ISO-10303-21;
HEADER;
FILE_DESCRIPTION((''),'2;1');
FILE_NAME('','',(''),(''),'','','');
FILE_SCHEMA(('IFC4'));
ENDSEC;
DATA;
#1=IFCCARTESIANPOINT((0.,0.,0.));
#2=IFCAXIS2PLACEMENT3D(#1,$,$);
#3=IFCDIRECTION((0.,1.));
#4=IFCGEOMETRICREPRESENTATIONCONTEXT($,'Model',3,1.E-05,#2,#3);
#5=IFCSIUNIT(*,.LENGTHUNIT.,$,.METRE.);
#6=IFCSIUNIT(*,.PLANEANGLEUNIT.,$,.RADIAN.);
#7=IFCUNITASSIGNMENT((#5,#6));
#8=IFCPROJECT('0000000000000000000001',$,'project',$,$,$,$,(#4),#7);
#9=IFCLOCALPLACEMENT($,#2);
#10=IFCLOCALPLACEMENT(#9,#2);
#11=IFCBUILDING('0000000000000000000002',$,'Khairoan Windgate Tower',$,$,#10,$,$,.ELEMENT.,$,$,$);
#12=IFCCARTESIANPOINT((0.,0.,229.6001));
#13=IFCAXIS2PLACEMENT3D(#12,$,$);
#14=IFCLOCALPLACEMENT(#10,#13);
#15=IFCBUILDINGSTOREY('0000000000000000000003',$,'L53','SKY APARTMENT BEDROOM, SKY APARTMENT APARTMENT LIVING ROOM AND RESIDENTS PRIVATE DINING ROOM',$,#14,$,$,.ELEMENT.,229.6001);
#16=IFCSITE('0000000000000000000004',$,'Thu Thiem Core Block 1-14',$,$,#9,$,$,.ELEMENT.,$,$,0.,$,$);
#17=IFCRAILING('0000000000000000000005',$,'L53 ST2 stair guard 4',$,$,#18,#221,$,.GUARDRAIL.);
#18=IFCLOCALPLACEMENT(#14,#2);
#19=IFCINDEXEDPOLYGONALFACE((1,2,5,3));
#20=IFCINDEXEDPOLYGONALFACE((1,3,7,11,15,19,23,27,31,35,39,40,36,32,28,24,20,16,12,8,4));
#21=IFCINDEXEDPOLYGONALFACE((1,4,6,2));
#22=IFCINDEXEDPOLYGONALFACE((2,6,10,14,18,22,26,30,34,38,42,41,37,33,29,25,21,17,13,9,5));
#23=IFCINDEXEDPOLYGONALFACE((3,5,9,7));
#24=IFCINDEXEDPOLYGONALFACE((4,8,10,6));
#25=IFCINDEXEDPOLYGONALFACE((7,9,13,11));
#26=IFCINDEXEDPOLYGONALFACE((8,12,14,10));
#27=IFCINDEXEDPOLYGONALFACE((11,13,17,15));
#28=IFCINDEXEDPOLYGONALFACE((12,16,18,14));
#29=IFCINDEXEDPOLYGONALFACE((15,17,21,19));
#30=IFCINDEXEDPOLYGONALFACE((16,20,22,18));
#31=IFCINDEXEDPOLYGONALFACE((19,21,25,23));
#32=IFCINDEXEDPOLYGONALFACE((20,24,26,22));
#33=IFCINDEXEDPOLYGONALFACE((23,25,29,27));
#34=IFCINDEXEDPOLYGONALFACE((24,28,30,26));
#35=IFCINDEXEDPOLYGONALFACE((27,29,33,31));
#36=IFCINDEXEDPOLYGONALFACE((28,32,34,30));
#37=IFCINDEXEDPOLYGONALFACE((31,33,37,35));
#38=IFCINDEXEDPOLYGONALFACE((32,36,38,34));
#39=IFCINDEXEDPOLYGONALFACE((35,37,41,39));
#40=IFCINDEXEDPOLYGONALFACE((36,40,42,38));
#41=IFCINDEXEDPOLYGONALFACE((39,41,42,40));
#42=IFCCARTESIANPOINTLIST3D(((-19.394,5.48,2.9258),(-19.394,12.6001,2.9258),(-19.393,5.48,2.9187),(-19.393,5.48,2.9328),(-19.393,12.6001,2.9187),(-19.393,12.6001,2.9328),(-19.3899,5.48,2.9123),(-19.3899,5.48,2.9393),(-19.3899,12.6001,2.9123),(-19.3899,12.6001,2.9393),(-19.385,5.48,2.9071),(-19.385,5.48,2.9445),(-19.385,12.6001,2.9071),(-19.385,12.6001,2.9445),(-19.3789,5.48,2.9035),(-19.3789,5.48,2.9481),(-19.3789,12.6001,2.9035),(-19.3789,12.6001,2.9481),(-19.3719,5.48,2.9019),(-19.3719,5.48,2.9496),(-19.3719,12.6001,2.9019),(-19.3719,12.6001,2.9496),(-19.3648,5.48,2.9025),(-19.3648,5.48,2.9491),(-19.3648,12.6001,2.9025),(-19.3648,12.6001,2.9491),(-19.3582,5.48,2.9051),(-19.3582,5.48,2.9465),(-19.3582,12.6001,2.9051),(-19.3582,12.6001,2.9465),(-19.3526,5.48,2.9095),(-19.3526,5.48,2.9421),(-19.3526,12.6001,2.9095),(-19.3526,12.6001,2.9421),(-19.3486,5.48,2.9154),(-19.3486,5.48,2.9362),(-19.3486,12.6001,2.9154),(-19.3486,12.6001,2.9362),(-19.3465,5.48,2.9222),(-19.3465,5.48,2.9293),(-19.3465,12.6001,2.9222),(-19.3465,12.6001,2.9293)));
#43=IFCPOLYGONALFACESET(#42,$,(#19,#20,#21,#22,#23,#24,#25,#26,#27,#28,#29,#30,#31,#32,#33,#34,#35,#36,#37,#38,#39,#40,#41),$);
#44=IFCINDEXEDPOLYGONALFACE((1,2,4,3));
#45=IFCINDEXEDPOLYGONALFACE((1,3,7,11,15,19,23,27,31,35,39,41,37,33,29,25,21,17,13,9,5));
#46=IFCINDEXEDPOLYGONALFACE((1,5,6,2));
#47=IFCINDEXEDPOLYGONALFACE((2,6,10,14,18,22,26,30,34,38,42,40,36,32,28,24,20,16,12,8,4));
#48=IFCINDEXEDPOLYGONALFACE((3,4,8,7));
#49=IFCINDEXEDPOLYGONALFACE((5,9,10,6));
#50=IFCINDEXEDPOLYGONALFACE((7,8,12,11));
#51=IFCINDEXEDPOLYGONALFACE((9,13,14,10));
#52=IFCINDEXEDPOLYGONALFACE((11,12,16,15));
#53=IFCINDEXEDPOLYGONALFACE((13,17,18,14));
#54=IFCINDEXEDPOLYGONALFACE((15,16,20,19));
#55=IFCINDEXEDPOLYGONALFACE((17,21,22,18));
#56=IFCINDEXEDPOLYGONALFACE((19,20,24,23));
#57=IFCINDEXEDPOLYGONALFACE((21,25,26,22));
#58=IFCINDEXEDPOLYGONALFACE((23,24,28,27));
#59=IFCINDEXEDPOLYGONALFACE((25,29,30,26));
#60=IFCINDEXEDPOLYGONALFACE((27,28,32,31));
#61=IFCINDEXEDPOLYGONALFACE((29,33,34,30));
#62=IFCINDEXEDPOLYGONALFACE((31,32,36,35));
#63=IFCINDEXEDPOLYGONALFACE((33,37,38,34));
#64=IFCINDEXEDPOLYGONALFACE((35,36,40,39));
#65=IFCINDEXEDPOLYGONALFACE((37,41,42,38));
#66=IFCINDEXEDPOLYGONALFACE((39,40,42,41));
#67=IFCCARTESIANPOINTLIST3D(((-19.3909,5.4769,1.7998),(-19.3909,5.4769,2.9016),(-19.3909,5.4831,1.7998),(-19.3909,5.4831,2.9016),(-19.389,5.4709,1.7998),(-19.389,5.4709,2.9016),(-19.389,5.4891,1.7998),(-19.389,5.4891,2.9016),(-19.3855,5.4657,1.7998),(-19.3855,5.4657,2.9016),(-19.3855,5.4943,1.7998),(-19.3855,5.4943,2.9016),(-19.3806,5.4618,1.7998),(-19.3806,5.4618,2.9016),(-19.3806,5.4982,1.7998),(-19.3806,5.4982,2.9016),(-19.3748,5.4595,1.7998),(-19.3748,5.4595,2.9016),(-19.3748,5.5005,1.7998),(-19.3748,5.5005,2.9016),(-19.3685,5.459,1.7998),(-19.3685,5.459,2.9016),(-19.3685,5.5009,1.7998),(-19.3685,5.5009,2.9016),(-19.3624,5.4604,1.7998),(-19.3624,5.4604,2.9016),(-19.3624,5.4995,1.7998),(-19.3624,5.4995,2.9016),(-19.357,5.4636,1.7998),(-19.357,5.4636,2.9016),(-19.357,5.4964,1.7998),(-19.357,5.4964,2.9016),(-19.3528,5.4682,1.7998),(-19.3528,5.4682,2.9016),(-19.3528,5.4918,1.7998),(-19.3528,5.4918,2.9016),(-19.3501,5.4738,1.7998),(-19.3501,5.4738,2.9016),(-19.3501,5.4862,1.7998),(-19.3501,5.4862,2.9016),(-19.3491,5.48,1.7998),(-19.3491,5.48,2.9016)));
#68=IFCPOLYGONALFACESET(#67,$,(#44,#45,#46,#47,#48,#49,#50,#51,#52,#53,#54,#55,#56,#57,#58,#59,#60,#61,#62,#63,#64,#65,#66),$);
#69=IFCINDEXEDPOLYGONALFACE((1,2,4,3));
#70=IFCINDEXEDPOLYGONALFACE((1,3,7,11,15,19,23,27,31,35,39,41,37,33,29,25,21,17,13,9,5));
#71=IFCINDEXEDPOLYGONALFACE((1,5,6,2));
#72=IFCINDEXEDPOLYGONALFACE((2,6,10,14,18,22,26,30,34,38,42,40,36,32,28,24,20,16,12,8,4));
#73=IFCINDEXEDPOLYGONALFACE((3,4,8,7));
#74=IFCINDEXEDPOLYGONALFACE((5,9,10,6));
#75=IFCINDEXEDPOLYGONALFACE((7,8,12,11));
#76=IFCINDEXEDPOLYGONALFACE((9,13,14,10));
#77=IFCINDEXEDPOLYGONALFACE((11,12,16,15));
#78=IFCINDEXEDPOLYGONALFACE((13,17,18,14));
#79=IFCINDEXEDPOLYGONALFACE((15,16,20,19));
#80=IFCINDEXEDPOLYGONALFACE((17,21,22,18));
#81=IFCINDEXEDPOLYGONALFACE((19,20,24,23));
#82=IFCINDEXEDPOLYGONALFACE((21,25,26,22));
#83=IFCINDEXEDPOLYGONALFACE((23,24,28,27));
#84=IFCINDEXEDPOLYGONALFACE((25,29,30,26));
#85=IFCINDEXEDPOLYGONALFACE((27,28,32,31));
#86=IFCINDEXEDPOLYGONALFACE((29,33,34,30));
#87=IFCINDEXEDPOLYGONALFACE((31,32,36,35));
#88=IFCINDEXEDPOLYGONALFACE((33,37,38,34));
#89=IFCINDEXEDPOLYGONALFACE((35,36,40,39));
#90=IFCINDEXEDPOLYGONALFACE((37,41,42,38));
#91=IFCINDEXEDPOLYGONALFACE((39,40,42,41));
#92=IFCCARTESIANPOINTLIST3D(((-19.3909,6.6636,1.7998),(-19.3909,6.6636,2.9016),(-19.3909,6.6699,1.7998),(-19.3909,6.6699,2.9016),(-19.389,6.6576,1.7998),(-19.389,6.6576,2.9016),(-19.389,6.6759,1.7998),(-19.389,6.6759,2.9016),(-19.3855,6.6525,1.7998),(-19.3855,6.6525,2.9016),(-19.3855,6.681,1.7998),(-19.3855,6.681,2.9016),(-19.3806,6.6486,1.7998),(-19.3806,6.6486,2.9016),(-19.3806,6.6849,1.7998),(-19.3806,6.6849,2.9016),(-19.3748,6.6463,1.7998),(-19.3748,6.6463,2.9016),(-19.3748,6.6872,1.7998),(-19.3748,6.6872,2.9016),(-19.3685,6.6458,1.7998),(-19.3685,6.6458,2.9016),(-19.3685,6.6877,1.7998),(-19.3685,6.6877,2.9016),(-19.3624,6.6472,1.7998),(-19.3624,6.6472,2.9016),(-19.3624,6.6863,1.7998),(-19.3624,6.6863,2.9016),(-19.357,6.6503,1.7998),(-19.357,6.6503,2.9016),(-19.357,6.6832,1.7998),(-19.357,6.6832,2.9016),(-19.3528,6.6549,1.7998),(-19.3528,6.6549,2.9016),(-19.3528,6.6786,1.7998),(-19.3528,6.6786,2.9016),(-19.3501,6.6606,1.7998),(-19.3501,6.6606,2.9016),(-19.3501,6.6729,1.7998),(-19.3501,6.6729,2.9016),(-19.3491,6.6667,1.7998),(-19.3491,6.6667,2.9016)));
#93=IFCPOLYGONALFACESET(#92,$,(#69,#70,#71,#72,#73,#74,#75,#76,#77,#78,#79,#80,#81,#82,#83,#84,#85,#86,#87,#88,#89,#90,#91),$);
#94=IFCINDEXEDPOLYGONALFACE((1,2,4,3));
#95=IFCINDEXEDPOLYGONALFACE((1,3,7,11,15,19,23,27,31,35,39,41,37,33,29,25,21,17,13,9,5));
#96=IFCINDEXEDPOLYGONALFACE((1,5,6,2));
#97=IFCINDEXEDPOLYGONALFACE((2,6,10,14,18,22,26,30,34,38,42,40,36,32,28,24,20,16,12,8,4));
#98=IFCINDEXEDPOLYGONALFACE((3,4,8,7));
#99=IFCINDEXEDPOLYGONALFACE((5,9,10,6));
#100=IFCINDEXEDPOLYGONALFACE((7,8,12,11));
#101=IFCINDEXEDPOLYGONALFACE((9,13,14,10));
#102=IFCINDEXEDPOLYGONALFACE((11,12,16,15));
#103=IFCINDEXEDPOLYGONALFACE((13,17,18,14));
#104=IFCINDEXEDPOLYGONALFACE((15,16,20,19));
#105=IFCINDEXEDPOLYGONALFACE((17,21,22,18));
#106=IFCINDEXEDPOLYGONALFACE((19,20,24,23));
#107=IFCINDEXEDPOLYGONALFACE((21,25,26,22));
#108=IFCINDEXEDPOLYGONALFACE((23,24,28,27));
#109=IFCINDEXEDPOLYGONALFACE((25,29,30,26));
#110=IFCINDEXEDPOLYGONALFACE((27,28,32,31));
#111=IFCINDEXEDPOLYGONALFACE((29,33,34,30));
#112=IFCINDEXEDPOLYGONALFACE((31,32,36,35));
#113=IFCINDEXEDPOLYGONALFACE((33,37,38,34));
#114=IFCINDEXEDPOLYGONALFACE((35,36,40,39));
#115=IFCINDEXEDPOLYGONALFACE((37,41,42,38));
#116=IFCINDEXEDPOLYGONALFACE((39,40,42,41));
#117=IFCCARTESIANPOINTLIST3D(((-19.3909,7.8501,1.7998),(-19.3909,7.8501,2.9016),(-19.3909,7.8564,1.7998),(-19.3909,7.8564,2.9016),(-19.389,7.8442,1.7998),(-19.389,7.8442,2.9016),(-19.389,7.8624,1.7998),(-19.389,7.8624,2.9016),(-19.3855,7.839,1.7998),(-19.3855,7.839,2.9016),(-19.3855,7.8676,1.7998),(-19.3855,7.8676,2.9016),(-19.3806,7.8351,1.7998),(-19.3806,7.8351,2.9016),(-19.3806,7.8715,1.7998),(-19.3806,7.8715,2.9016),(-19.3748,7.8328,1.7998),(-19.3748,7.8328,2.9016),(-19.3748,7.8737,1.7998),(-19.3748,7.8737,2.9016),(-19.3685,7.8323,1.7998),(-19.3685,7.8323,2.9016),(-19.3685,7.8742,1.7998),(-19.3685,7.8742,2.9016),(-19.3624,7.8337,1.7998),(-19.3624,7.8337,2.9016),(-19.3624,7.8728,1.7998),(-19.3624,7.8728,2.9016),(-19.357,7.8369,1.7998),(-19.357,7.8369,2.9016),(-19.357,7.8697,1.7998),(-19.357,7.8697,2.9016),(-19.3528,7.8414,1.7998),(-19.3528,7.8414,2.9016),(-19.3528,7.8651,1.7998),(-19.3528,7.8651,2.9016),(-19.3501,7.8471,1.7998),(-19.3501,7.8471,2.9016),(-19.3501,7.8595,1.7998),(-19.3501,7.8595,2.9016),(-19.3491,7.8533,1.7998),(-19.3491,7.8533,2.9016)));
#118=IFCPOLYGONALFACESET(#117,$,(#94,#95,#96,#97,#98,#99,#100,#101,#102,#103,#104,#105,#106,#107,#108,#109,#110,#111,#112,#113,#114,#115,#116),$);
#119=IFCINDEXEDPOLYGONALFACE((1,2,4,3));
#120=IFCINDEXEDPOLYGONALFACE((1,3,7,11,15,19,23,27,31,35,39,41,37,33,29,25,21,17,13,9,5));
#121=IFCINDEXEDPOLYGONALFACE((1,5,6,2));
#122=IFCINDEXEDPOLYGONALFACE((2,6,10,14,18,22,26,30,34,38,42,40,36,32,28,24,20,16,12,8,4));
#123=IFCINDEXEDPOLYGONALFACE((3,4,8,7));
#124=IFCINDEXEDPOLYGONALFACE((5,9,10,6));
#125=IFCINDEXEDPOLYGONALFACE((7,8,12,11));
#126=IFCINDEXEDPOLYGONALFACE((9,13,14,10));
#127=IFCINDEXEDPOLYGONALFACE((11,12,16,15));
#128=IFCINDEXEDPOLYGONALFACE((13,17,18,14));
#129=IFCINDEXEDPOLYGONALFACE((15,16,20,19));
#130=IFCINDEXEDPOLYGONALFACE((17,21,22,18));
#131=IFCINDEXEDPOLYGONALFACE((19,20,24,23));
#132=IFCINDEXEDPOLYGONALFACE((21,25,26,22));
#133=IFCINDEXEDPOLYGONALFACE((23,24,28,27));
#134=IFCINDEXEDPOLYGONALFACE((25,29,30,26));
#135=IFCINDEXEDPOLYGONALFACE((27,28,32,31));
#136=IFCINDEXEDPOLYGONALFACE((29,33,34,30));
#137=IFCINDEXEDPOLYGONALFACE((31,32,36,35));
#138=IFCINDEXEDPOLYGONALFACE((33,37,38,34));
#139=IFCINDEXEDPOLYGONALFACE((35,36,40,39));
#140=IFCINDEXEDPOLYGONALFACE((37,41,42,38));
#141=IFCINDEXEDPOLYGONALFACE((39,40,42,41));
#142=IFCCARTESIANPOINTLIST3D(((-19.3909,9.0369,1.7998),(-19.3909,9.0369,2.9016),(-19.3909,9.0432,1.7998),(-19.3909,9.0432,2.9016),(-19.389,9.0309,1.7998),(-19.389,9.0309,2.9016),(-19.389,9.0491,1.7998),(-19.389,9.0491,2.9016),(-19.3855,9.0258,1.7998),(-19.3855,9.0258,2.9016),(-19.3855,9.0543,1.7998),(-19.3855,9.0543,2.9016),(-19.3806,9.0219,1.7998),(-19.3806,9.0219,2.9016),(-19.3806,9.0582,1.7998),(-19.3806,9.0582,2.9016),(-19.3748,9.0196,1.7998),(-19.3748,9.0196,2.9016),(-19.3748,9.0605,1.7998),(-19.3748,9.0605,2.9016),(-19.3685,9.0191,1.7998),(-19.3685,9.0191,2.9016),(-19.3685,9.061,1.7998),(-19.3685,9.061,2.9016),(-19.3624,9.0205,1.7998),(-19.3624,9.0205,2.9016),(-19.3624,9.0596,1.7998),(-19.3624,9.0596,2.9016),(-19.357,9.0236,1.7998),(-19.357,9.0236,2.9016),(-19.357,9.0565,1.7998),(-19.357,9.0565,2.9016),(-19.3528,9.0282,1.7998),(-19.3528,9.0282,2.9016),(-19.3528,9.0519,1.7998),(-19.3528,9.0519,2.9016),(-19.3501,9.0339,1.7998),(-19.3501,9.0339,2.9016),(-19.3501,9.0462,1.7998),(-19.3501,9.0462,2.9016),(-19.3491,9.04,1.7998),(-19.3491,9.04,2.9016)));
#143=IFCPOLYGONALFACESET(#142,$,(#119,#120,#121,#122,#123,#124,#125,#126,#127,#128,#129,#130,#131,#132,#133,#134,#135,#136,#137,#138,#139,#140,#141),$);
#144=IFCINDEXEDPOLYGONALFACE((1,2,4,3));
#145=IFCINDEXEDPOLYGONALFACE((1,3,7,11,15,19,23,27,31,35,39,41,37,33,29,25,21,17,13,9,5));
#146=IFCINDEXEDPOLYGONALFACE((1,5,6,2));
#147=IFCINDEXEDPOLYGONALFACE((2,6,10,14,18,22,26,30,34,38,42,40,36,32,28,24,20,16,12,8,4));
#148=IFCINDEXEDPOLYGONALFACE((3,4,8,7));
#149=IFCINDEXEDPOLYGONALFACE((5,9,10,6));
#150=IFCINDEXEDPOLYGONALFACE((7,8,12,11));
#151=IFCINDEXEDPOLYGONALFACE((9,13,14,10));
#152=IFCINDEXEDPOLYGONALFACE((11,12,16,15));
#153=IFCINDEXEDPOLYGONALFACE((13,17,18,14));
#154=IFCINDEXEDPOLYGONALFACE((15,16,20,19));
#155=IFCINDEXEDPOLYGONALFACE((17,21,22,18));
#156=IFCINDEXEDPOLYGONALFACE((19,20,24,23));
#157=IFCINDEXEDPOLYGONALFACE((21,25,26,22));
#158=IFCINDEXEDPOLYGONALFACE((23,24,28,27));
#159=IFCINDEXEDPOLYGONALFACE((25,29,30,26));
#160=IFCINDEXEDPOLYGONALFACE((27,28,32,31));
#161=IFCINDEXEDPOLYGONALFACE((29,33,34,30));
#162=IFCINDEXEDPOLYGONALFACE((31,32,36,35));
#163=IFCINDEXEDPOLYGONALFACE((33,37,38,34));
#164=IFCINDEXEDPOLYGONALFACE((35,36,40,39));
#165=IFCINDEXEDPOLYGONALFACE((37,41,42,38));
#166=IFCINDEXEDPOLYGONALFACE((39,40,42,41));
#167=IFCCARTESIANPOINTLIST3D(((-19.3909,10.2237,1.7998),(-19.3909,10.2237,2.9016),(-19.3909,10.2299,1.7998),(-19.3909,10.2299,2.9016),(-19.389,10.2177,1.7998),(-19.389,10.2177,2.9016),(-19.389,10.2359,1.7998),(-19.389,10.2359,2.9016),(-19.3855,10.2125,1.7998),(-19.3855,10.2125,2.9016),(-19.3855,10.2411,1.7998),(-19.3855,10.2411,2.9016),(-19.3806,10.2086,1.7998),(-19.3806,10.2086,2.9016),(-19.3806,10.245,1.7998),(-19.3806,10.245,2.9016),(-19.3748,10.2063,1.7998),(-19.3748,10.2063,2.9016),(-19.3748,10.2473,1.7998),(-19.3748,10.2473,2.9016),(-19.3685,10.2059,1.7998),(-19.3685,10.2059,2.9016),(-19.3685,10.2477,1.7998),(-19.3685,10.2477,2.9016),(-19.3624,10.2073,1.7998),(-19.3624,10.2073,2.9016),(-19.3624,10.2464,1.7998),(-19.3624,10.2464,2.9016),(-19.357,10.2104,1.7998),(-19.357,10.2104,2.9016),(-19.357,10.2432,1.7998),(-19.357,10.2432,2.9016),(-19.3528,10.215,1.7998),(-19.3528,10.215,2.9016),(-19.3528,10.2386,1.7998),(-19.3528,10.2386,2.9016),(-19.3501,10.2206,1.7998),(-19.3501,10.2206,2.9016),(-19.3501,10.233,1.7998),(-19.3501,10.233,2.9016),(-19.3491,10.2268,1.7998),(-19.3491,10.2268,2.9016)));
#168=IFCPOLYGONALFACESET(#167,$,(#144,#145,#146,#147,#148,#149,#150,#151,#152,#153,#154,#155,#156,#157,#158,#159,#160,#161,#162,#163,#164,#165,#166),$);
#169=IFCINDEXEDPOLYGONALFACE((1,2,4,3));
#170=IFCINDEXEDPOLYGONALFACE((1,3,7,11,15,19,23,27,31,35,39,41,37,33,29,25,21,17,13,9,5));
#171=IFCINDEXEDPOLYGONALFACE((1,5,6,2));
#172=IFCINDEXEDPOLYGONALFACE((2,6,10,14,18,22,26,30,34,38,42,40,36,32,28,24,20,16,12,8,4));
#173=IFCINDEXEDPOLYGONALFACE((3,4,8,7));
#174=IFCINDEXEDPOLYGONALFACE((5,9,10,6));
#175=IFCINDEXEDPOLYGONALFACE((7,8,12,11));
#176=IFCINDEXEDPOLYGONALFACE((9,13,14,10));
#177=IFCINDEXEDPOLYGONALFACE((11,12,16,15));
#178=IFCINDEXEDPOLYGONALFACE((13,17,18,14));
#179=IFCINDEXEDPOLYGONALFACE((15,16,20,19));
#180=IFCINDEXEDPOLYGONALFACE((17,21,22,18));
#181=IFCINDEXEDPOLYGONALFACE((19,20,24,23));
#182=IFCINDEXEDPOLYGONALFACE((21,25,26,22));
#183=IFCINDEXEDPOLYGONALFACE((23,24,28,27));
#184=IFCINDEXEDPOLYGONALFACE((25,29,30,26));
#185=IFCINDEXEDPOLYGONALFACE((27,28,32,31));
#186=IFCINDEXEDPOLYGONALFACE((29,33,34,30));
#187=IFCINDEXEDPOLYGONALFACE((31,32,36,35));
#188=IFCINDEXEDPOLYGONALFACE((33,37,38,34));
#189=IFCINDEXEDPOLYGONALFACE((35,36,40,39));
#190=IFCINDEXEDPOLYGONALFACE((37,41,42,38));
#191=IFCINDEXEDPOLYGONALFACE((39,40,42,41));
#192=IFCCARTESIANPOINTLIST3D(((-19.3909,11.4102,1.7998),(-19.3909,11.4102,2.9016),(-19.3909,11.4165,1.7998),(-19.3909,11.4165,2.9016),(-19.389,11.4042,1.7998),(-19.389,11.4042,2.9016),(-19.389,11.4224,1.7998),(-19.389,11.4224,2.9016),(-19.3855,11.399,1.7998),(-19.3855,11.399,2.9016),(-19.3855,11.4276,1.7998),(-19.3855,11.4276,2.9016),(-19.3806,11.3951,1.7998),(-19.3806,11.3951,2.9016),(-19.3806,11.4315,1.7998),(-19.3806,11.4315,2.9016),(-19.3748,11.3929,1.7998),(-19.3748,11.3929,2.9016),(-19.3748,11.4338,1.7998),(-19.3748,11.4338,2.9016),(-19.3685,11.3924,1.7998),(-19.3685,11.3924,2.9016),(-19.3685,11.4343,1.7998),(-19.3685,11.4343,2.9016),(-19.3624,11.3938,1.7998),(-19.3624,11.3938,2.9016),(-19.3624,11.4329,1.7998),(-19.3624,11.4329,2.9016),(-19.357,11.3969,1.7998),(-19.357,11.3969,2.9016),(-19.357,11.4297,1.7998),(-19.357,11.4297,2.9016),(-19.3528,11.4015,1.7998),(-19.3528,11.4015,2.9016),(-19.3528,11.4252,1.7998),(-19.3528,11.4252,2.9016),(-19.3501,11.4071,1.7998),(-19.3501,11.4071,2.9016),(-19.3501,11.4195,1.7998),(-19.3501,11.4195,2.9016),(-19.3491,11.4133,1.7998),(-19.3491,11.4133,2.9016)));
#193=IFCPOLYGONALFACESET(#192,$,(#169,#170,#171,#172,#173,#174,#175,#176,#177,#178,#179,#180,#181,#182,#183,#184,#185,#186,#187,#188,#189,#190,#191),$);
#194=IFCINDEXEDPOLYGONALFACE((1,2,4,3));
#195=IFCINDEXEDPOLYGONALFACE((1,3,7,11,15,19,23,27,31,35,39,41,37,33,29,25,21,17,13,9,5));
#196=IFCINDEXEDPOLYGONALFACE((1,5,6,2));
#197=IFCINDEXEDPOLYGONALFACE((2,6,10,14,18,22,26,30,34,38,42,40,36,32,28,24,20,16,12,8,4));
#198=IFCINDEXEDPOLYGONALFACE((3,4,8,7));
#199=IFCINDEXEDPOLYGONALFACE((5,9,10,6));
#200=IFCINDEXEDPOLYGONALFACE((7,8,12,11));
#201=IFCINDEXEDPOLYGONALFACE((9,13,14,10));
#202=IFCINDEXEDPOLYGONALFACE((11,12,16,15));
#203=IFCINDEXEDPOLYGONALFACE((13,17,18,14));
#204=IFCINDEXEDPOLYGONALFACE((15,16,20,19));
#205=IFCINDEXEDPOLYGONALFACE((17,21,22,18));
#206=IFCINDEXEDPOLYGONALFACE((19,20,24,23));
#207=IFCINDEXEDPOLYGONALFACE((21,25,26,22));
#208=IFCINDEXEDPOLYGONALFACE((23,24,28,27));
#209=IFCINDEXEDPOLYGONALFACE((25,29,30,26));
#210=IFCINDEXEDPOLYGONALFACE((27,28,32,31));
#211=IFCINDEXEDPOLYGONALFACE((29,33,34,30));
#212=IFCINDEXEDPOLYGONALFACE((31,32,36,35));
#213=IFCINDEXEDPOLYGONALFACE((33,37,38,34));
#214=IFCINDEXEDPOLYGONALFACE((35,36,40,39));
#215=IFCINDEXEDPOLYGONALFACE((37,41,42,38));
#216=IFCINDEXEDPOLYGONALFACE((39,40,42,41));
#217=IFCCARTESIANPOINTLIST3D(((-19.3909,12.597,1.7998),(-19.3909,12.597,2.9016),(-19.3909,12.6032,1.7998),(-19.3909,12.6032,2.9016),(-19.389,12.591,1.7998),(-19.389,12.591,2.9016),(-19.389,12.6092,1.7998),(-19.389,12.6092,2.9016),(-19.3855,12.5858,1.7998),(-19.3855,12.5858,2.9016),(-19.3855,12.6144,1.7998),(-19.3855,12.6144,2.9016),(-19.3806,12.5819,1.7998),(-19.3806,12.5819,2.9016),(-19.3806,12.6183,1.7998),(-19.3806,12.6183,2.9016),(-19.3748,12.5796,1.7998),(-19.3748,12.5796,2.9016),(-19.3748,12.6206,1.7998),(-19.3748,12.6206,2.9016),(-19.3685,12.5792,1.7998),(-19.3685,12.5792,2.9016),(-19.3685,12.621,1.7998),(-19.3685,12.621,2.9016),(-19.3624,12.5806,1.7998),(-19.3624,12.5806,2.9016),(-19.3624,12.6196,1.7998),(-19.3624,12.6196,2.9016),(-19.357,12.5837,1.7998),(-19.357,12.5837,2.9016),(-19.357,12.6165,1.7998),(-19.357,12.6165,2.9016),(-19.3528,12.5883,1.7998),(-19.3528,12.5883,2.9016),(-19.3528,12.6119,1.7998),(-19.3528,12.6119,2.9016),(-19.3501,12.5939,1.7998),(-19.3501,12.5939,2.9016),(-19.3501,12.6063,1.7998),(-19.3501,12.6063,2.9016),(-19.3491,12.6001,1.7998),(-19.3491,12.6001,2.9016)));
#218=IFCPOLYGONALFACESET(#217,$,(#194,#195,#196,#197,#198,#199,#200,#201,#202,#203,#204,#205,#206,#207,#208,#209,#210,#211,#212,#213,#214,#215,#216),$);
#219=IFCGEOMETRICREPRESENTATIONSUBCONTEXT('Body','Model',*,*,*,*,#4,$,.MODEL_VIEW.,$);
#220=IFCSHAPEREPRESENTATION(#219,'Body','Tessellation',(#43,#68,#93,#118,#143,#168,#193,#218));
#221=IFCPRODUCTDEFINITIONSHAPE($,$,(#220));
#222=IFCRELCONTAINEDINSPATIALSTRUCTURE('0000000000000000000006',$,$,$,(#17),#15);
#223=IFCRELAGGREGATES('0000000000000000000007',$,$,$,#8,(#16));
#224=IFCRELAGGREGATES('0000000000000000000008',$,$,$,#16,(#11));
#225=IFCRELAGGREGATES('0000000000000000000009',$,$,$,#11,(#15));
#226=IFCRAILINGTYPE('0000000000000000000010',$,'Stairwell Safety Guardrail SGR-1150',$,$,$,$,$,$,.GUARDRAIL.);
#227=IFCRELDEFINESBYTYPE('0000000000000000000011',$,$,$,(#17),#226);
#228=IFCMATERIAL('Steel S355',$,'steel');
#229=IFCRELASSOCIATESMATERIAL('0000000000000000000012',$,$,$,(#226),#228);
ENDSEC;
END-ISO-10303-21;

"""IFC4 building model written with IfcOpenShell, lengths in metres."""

from ifc_helpers import new_model, si_unit, direction, frame, origin, origin_2d, place, context, subcontext, project, spatial, circle, extrude, material, type_object, element, save


model = new_model("IFC4")

# Units and contexts
model_context = context("Model", 3, precision=1e-05, world=origin(), true_north=direction((0.0, 1.0)))
body_context = subcontext(model_context, "Body", "Model", "MODEL_VIEW")
ifc_project = project(units=[si_unit("LENGTHUNIT", "METRE"), si_unit("PLANEANGLEUNIT", "RADIAN")], contexts=[model_context])

# Site, building, storey
site_placement = place(None, origin())
site = spatial("IfcSite", under=ifc_project, at=site_placement, Name="Thu Thiem Core Block 1-14", CompositionType="ELEMENT", RefElevation=0.0)
building_placement = place(site_placement, origin())
building = spatial("IfcBuilding", under=site, at=building_placement, Name="Khairoan Windgate Tower", CompositionType="ELEMENT")
storey_placement = place(building_placement, frame((0.0, 0.0, 229.6001)))
storey = spatial("IfcBuildingStorey", under=building, at=storey_placement, Name="L53", Description="SKY APARTMENT BEDROOM, SKY APARTMENT APARTMENT LIVING ROOM AND RESIDENTS PRIVATE DINING ROOM", CompositionType="ELEMENT", Elevation=229.6001)

# Railing
ifc_material_1 = material(Name="Steel S355", Category="steel")
railing_type_1 = type_object("IfcRailingType", Name="Stairwell Safety Guardrail SGR-1150", PredefinedType="GUARDRAIL", material=ifc_material_1)
railing_1_placement = place(storey_placement, frame((-19.3701, 5.48, 1.7998)))
element("IfcRailing", 1, at=railing_1_placement, inside=storey, type_object=railing_type_1, Name="L53 ST2 stair guard 4", PredefinedType="GUARDRAIL", context=body_context, shape_type="SweptSolid", body=[
    extrude(circle(Radius=0.0239, at=origin_2d()), frame((0.0, 0.0, 1.126), z_axis=(0.0, 1.0, 0.0), x_axis=(-1.0, 0.0, 0.0)), (0.0, 0.0, 1.0), 7.1201),
    extrude(circle(Radius=0.021, at=origin_2d()), origin(), (0.0, 0.0, 1.0), 1.1018),
    extrude(circle(Radius=0.021, at=origin_2d()), frame((0.0, 1.1868, 0.0)), (0.0, 0.0, 1.0), 1.1018),
    extrude(circle(Radius=0.021, at=origin_2d()), frame((0.0, 2.3733, 0.0)), (0.0, 0.0, 1.0), 1.1018),
    extrude(circle(Radius=0.021, at=origin_2d()), frame((0.0, 3.5601, 0.0)), (0.0, 0.0, 1.0), 1.1018),
    extrude(circle(Radius=0.021, at=origin_2d()), frame((0.0, 4.7468, 0.0)), (0.0, 0.0, 1.0), 1.1018),
    extrude(circle(Radius=0.021, at=origin_2d()), frame((0.0, 5.9333, 0.0)), (0.0, 0.0, 1.0), 1.1018),
    extrude(circle(Radius=0.021, at=origin_2d()), frame((0.0, 7.1201, 0.0)), (0.0, 0.0, 1.0), 1.1018),
])

save(model, "model.ifc")
